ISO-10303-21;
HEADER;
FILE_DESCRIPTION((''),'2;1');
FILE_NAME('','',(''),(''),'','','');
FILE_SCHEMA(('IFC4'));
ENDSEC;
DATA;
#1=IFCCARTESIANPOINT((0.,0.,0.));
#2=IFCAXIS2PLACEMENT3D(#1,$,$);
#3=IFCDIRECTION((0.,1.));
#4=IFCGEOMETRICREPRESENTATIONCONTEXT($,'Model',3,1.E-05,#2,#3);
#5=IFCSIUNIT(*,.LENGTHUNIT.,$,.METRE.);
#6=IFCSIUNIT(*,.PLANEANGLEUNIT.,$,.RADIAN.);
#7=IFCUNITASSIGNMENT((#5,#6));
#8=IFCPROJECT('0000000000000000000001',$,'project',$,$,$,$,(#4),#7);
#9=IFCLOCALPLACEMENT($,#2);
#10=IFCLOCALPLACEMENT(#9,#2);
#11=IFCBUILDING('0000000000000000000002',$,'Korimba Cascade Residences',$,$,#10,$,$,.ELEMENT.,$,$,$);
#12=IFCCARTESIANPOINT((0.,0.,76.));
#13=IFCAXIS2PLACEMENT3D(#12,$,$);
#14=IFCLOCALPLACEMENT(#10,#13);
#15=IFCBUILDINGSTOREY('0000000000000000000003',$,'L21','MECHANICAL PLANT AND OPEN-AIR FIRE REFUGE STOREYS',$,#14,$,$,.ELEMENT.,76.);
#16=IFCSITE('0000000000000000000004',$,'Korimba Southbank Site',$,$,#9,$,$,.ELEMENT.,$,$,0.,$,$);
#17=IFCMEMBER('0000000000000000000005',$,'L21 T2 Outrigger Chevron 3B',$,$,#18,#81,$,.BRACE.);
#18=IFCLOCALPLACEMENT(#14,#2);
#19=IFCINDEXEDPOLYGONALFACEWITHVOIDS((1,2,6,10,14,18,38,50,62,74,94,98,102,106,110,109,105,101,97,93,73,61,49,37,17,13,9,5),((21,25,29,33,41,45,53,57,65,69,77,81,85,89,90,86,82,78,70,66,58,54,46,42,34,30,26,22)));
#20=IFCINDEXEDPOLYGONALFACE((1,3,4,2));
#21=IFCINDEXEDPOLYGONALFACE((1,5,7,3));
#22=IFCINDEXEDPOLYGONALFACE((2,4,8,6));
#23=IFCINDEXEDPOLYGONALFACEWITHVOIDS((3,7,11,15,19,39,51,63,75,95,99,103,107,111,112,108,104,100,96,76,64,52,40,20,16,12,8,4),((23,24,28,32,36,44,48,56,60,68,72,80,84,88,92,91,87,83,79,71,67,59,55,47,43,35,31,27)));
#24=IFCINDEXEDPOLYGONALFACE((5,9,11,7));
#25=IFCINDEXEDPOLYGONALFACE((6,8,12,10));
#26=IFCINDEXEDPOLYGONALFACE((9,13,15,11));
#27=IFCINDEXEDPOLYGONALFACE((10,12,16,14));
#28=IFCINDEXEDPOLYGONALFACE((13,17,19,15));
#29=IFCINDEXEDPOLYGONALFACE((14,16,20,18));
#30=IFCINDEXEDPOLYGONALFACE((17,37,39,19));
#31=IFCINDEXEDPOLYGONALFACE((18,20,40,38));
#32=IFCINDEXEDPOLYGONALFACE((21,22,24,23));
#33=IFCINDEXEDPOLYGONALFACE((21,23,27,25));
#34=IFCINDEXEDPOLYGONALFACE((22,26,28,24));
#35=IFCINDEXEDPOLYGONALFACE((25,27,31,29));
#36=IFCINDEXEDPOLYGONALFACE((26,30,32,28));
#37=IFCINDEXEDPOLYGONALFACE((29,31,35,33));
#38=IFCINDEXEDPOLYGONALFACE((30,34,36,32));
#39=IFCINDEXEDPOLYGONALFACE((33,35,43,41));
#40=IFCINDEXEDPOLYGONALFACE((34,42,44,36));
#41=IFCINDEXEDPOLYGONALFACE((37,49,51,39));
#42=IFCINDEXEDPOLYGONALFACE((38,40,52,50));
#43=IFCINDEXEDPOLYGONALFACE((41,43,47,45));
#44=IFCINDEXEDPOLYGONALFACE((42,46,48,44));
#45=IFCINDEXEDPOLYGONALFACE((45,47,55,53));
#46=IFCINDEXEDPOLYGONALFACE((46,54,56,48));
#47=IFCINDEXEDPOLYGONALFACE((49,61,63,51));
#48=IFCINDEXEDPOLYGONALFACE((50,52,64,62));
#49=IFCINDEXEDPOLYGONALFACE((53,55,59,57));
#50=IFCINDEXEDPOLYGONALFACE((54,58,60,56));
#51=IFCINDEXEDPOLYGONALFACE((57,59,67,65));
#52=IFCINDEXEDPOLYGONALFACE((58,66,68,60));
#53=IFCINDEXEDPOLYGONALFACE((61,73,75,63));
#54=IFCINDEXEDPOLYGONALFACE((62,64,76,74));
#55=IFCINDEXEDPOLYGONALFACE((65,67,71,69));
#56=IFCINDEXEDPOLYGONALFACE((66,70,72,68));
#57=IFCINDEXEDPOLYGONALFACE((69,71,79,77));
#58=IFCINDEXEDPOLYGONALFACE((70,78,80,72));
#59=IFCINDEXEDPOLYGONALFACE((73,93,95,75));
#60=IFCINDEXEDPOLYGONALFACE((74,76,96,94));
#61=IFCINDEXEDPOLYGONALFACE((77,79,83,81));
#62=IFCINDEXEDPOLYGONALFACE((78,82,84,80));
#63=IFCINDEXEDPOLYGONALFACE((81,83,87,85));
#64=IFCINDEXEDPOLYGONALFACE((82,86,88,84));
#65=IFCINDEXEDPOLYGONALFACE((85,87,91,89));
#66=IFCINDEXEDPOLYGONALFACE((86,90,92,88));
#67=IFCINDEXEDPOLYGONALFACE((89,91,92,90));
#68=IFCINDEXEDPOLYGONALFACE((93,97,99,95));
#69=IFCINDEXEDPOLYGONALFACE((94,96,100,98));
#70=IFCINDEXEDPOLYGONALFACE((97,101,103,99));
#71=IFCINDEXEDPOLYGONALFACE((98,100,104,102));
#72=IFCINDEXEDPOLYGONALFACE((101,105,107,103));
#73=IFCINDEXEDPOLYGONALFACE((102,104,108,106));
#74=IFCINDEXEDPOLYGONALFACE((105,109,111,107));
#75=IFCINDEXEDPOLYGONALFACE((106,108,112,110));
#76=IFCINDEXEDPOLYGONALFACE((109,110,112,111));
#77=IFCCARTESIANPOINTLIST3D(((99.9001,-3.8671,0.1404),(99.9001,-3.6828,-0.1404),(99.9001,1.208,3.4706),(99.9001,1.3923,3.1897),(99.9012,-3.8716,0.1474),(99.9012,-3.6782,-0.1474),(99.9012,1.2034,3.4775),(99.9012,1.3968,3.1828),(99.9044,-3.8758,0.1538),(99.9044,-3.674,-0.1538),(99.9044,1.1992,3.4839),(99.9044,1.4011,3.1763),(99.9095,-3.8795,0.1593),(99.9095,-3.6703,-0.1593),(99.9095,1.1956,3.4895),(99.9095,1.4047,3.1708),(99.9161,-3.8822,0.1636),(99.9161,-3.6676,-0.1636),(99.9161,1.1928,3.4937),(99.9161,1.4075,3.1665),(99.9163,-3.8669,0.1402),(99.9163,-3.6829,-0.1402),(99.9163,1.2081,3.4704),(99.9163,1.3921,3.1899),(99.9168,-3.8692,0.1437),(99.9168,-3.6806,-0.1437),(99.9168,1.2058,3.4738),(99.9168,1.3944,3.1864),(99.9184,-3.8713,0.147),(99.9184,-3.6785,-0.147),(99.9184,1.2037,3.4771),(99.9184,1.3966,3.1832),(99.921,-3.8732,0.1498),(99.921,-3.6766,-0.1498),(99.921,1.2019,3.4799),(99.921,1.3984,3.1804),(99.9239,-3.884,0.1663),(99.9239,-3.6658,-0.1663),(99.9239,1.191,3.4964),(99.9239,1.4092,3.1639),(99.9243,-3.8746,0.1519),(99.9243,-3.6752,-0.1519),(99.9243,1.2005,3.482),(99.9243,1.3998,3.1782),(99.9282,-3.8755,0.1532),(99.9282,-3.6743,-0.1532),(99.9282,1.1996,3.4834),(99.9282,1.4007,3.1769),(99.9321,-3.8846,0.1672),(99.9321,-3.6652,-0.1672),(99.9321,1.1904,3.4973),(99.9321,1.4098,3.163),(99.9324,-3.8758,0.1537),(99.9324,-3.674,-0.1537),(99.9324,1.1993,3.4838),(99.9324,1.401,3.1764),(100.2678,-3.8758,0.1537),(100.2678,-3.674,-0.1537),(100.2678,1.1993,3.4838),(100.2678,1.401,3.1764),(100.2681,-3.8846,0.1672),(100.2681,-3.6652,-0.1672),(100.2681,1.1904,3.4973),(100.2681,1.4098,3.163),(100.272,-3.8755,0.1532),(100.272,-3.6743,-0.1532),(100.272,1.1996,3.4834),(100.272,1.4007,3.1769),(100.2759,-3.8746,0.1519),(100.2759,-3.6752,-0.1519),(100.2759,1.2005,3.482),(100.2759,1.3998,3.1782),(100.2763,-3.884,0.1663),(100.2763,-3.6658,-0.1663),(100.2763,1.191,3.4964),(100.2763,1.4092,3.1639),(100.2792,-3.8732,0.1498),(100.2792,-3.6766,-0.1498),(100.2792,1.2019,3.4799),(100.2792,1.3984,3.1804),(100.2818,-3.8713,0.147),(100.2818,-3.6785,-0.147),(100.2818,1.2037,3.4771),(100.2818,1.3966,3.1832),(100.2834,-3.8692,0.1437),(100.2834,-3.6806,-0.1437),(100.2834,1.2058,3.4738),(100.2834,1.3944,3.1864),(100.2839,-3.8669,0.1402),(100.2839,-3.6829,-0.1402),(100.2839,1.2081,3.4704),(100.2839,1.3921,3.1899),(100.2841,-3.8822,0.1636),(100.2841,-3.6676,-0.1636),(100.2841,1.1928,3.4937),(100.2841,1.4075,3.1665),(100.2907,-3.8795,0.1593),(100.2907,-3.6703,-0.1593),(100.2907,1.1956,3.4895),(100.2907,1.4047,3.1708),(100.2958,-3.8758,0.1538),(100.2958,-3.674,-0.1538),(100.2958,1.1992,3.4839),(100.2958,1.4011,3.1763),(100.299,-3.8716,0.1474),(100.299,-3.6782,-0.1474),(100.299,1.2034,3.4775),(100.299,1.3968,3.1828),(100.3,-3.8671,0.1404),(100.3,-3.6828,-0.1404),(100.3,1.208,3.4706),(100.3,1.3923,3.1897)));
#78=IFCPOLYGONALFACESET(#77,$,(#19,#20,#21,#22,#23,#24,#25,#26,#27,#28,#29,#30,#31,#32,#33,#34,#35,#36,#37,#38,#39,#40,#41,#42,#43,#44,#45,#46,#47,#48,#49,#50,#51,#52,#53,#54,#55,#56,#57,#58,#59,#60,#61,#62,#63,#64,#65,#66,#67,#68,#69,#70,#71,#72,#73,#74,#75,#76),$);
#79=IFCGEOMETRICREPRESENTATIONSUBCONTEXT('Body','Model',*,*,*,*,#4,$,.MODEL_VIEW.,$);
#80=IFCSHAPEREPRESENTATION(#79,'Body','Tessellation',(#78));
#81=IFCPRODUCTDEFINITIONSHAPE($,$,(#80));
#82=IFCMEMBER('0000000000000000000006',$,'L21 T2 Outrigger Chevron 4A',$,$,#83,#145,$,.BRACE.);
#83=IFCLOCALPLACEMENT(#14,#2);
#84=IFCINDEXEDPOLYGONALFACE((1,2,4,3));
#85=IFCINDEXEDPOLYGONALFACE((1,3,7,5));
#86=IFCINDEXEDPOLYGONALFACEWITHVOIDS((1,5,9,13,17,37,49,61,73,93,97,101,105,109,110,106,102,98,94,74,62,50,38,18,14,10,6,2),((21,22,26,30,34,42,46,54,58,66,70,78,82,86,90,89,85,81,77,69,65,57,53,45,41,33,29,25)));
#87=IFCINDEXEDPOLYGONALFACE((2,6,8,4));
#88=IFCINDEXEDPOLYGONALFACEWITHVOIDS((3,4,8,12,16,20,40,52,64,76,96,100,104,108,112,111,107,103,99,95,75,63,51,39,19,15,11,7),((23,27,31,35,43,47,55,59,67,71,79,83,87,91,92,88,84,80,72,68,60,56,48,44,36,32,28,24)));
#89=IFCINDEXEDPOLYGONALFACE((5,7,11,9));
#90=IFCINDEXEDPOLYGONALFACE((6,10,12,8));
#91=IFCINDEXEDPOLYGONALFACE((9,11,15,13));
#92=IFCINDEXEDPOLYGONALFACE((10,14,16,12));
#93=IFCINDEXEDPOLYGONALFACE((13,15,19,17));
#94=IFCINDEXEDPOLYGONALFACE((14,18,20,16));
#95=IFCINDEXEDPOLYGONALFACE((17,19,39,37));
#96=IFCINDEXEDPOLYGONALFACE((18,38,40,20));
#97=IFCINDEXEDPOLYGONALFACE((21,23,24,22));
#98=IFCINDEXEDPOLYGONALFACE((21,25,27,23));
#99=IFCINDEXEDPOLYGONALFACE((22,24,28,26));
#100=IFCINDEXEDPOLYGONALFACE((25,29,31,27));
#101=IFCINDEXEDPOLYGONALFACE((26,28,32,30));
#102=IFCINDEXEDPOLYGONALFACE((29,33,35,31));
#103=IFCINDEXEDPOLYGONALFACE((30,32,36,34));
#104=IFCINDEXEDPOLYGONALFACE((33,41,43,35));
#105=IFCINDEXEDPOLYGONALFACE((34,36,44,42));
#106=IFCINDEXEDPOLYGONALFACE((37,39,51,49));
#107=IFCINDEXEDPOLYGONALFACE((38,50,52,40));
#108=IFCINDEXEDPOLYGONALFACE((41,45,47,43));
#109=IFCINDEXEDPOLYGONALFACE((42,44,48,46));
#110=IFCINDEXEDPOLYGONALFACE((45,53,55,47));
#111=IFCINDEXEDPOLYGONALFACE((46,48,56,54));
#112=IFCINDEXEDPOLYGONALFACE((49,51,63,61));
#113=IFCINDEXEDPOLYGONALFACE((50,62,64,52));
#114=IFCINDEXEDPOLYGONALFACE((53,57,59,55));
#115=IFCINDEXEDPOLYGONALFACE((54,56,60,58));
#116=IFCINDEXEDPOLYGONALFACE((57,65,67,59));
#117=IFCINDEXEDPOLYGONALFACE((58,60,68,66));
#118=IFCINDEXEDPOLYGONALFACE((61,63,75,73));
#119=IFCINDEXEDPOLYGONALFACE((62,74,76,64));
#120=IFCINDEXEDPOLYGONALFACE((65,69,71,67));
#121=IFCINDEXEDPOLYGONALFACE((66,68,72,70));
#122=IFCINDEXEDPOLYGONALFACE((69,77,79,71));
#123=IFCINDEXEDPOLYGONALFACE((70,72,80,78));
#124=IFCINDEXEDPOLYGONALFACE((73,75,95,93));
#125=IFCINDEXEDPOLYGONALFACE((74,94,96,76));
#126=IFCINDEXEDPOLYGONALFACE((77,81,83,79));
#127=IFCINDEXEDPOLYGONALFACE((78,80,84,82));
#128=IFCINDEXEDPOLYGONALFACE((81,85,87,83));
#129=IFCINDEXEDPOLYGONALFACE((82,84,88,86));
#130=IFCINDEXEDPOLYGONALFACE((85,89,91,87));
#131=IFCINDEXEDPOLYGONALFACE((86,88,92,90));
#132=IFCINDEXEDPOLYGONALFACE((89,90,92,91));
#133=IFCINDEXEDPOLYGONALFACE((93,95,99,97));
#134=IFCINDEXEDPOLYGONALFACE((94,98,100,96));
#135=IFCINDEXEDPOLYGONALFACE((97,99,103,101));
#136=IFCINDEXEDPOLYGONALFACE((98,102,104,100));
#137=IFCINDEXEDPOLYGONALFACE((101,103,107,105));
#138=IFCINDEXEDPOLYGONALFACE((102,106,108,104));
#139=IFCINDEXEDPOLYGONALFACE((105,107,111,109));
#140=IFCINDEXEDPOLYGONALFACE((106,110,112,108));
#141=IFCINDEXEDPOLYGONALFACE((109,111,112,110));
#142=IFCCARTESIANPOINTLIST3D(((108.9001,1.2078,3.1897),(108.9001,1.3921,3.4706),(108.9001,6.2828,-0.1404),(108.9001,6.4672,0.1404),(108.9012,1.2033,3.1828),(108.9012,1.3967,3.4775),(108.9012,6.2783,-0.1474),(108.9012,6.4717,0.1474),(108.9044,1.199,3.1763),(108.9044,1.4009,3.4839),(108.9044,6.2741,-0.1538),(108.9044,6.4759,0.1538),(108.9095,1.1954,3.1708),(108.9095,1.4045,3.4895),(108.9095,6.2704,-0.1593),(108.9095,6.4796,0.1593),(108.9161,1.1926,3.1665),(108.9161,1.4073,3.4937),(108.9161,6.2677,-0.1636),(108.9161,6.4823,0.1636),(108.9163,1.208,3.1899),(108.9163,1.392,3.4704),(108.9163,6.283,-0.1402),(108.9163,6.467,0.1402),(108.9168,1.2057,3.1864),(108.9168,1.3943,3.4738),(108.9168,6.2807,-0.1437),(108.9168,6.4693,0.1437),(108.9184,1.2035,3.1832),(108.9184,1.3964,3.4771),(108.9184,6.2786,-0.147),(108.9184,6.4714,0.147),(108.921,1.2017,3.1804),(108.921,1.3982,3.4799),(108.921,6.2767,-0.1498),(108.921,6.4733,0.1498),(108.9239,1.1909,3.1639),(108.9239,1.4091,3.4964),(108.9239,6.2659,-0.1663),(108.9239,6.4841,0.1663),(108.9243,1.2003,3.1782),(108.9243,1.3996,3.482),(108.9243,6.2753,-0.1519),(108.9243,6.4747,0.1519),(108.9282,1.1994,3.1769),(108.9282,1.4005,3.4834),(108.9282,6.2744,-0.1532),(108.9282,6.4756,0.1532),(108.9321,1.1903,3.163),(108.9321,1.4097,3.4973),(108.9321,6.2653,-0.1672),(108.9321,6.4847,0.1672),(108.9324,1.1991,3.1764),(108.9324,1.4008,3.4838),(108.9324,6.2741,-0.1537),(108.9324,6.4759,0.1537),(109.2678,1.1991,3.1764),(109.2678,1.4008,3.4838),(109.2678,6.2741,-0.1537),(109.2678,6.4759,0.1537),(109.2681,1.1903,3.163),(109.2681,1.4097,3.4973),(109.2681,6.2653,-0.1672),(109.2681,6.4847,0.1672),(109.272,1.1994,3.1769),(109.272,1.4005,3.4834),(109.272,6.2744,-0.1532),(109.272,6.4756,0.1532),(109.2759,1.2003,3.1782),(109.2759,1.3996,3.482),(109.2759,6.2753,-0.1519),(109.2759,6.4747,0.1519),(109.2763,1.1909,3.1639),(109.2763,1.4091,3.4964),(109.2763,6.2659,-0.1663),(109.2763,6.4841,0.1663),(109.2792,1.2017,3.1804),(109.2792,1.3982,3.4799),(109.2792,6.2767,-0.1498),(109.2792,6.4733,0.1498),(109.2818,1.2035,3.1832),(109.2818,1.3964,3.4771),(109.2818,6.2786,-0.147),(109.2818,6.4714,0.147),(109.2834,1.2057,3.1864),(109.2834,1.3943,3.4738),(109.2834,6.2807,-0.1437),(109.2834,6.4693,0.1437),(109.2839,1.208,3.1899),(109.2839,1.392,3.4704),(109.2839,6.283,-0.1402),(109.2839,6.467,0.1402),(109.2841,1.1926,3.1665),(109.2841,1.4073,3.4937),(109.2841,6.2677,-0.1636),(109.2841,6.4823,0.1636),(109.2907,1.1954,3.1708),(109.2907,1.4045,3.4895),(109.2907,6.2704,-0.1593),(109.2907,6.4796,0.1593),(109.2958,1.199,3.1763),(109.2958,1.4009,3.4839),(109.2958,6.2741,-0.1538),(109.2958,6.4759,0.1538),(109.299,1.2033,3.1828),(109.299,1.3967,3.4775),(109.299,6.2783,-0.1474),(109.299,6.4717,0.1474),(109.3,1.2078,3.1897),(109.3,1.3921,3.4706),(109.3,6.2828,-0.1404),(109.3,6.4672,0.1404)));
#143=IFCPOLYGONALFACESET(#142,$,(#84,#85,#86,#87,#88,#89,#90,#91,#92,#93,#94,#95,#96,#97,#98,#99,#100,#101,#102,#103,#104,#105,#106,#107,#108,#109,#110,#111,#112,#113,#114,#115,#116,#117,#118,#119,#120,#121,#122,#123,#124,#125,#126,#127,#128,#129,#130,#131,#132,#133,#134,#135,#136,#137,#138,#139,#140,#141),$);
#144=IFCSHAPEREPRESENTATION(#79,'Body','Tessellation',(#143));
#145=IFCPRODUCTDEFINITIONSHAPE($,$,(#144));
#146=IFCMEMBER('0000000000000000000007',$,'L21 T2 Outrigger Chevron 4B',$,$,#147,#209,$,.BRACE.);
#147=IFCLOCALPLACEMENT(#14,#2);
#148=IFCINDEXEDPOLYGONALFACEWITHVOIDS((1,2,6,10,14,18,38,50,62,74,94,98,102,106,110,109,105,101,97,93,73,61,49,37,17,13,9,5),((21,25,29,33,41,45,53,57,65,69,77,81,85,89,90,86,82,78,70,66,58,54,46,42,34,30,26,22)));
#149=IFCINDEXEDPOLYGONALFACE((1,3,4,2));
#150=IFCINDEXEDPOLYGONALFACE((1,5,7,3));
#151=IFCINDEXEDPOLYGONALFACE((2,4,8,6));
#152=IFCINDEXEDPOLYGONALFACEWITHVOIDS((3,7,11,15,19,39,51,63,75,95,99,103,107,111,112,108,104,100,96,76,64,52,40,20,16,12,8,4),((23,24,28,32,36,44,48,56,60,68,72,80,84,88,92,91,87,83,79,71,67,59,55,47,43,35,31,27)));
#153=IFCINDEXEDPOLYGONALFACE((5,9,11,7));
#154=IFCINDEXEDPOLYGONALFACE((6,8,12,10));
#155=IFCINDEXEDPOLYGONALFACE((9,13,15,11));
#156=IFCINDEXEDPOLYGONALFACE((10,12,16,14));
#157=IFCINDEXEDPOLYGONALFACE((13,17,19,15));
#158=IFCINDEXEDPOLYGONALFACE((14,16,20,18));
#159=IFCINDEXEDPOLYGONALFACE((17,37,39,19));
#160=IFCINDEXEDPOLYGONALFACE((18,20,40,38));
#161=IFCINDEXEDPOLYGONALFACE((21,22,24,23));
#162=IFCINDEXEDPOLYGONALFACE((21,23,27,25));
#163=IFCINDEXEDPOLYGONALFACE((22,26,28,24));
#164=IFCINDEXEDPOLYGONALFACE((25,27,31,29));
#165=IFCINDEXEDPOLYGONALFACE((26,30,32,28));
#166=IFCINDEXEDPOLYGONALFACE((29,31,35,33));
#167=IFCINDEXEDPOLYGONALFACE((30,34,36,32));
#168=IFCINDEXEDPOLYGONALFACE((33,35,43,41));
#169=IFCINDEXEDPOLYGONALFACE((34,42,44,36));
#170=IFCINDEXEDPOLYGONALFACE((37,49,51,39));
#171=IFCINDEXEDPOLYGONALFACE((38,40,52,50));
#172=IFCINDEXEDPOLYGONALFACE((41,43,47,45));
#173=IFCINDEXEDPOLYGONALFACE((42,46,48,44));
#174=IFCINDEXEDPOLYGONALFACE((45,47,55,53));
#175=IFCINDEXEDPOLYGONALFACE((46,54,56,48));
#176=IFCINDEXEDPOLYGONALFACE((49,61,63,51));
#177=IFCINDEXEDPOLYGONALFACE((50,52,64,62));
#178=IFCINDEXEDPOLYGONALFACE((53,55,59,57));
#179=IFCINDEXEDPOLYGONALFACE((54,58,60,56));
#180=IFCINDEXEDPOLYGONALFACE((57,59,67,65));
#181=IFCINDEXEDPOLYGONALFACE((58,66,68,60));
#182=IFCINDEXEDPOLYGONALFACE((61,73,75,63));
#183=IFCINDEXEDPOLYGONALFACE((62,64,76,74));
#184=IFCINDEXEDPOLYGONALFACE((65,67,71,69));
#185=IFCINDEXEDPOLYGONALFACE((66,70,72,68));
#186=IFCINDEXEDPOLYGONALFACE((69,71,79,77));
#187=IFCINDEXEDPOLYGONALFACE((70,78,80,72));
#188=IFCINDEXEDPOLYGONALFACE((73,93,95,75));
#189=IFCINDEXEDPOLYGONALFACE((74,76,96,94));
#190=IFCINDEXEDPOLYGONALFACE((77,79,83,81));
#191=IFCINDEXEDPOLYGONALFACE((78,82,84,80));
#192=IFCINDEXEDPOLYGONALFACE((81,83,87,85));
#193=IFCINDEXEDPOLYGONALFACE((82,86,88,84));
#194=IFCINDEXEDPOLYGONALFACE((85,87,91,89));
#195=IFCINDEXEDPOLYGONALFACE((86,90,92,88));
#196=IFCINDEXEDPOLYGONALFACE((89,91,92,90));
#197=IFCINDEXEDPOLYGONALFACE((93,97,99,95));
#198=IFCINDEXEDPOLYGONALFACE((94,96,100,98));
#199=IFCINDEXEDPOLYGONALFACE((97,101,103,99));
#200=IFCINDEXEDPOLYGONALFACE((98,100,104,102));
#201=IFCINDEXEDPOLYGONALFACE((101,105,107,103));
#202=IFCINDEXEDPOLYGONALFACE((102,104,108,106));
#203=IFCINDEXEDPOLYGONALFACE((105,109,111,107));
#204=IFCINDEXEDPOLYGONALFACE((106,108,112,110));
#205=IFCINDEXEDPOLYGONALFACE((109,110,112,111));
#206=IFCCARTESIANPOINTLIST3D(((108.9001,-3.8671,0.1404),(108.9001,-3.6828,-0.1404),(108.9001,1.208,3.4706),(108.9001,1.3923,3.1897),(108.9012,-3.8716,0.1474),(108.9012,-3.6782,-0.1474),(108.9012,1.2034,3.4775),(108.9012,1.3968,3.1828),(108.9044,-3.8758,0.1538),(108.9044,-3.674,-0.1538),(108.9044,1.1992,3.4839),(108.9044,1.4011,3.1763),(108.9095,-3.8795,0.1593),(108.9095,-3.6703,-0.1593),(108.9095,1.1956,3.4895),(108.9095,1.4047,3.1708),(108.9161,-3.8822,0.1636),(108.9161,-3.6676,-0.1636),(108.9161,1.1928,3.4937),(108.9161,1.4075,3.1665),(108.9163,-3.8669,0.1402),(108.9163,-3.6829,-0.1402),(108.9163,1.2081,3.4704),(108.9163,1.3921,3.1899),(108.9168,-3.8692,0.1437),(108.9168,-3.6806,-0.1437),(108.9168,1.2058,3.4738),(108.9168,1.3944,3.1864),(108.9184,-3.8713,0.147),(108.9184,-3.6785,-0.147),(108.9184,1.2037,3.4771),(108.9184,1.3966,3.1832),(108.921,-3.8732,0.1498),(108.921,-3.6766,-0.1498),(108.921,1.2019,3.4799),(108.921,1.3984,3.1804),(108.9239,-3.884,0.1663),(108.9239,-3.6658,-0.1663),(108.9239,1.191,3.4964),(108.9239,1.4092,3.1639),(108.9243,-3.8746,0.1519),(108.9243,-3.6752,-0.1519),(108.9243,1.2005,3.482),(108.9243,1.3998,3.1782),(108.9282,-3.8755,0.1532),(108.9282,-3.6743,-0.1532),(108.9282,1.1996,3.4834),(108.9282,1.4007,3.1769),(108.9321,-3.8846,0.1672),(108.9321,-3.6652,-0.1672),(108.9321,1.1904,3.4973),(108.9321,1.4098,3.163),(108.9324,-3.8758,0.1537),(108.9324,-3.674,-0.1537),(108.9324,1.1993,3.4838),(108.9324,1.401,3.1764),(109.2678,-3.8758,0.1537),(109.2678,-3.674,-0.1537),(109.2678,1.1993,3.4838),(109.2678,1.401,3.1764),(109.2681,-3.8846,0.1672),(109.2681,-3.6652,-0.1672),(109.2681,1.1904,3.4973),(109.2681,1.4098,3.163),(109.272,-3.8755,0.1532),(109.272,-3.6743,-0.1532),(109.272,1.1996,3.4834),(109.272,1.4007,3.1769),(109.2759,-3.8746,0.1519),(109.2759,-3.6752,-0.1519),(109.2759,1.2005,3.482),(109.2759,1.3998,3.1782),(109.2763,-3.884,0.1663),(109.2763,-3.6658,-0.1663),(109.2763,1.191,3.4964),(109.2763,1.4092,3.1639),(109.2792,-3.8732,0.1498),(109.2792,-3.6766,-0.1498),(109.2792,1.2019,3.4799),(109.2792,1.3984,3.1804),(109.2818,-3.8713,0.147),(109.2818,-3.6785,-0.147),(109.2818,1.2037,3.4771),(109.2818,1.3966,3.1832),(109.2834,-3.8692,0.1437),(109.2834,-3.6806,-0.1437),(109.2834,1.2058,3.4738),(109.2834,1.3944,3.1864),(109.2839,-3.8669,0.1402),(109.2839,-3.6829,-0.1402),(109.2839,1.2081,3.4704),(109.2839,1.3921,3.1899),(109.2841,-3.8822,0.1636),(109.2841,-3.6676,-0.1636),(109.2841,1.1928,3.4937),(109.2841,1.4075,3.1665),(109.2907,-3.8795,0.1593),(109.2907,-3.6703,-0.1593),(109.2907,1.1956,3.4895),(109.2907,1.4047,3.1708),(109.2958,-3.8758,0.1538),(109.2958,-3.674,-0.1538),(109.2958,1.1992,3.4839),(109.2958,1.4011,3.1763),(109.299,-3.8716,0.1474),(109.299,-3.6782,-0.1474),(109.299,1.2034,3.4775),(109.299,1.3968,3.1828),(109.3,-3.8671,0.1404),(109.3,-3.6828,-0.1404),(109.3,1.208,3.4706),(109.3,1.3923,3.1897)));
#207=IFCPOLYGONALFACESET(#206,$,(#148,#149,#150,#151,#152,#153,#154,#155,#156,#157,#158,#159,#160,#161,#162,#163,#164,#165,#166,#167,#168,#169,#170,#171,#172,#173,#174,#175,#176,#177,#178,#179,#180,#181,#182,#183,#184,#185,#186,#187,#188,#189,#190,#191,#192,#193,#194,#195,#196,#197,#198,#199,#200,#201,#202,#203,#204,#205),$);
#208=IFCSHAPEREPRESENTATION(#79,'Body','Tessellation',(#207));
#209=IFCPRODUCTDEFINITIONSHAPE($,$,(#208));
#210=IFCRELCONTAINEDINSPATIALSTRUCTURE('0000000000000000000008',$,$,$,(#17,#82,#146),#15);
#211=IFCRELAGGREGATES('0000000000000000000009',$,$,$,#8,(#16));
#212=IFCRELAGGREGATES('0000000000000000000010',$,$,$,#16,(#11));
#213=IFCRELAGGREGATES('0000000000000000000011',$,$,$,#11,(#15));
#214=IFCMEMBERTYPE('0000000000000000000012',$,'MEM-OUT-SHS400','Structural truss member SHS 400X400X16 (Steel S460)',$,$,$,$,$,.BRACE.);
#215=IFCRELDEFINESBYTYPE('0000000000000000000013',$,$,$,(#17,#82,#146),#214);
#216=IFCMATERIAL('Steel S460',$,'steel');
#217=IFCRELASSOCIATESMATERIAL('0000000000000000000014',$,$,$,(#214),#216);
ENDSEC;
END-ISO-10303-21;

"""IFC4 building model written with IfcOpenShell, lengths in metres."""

from ifc_helpers import new_model, si_unit, direction, frame, origin, origin_2d, place, context, subcontext, project, spatial, hollow_rectangle, extrude, material, material_profile, profile_set, type_object, element, save


model = new_model("IFC4")

# Units and contexts
model_context = context("Model", 3, precision=1e-05, world=origin(), true_north=direction((0.0, 1.0)))
body_context = subcontext(model_context, "Body", "Model", "MODEL_VIEW")
ifc_project = project(units=[si_unit("LENGTHUNIT", "METRE"), si_unit("PLANEANGLEUNIT", "RADIAN")], contexts=[model_context])

# Site, building, storey
site_placement = place(None, origin())
site = spatial("IfcSite", under=ifc_project, at=site_placement, Name="Korimba Southbank Site", CompositionType="ELEMENT", RefElevation=0.0)
building_placement = place(site_placement, origin())
building = spatial("IfcBuilding", under=site, at=building_placement, Name="Korimba Cascade Residences", CompositionType="ELEMENT")
storey_placement = place(building_placement, frame((0.0, 0.0, 76.0)))
storey = spatial("IfcBuildingStorey", under=building, at=storey_placement, Name="L21", Description="MECHANICAL PLANT AND OPEN-AIR FIRE REFUGE STOREYS", CompositionType="ELEMENT", Elevation=76.0)

# Members
ifc_material_1 = material(Name="Steel S460", Category="steel")
ifc_material_profile_1 = material_profile(ifc_material_1, hollow_rectangle(XDim=0.3999, YDim=0.3999, WallThickness=0.0161, InnerFilletRadius=0.0161, OuterFilletRadius=0.032, at=origin_2d()), Name="Steel S460")
ifc_profile_set_1 = profile_set([ifc_material_profile_1], Name="Steel S460")
member_type = type_object("IfcMemberType", Name="MEM-OUT-SHS400", Description="Structural truss member SHS 400X400X16 (Steel S460)", PredefinedType="BRACE", material=ifc_profile_set_1)
for number, where, z_axis, x_axis, name in (
    (1, (100.1001, -3.7749, 0.0), (0.0, 0.836075, 0.548615), (-1.0, 0.0, 0.0), "L21 T2 Outrigger Chevron 3B"),
    (2, (109.1001, 6.375, 0.0), (0.0, -0.836075, 0.548615), (1.0, 0.0, 0.0), "L21 T2 Outrigger Chevron 4A"),
    (3, (109.1001, -3.7749, 0.0), (0.0, 0.836075, 0.548615), (-1.0, 0.0, 0.0), "L21 T2 Outrigger Chevron 4B"),
):
    element("IfcMember", number, at=place(storey_placement, frame(where, z_axis=z_axis, x_axis=x_axis)), inside=storey, type_object=member_type, Name=name, PredefinedType="BRACE", context=body_context, shape_type="SweptSolid", body=[
        extrude(hollow_rectangle(XDim=0.3999, YDim=0.3999, WallThickness=0.0161, InnerFilletRadius=0.0161, OuterFilletRadius=0.032, at=origin_2d()), origin(), (0.0, 0.0, 1.0), 6.0701),
    ])

save(model, "model.ifc")
